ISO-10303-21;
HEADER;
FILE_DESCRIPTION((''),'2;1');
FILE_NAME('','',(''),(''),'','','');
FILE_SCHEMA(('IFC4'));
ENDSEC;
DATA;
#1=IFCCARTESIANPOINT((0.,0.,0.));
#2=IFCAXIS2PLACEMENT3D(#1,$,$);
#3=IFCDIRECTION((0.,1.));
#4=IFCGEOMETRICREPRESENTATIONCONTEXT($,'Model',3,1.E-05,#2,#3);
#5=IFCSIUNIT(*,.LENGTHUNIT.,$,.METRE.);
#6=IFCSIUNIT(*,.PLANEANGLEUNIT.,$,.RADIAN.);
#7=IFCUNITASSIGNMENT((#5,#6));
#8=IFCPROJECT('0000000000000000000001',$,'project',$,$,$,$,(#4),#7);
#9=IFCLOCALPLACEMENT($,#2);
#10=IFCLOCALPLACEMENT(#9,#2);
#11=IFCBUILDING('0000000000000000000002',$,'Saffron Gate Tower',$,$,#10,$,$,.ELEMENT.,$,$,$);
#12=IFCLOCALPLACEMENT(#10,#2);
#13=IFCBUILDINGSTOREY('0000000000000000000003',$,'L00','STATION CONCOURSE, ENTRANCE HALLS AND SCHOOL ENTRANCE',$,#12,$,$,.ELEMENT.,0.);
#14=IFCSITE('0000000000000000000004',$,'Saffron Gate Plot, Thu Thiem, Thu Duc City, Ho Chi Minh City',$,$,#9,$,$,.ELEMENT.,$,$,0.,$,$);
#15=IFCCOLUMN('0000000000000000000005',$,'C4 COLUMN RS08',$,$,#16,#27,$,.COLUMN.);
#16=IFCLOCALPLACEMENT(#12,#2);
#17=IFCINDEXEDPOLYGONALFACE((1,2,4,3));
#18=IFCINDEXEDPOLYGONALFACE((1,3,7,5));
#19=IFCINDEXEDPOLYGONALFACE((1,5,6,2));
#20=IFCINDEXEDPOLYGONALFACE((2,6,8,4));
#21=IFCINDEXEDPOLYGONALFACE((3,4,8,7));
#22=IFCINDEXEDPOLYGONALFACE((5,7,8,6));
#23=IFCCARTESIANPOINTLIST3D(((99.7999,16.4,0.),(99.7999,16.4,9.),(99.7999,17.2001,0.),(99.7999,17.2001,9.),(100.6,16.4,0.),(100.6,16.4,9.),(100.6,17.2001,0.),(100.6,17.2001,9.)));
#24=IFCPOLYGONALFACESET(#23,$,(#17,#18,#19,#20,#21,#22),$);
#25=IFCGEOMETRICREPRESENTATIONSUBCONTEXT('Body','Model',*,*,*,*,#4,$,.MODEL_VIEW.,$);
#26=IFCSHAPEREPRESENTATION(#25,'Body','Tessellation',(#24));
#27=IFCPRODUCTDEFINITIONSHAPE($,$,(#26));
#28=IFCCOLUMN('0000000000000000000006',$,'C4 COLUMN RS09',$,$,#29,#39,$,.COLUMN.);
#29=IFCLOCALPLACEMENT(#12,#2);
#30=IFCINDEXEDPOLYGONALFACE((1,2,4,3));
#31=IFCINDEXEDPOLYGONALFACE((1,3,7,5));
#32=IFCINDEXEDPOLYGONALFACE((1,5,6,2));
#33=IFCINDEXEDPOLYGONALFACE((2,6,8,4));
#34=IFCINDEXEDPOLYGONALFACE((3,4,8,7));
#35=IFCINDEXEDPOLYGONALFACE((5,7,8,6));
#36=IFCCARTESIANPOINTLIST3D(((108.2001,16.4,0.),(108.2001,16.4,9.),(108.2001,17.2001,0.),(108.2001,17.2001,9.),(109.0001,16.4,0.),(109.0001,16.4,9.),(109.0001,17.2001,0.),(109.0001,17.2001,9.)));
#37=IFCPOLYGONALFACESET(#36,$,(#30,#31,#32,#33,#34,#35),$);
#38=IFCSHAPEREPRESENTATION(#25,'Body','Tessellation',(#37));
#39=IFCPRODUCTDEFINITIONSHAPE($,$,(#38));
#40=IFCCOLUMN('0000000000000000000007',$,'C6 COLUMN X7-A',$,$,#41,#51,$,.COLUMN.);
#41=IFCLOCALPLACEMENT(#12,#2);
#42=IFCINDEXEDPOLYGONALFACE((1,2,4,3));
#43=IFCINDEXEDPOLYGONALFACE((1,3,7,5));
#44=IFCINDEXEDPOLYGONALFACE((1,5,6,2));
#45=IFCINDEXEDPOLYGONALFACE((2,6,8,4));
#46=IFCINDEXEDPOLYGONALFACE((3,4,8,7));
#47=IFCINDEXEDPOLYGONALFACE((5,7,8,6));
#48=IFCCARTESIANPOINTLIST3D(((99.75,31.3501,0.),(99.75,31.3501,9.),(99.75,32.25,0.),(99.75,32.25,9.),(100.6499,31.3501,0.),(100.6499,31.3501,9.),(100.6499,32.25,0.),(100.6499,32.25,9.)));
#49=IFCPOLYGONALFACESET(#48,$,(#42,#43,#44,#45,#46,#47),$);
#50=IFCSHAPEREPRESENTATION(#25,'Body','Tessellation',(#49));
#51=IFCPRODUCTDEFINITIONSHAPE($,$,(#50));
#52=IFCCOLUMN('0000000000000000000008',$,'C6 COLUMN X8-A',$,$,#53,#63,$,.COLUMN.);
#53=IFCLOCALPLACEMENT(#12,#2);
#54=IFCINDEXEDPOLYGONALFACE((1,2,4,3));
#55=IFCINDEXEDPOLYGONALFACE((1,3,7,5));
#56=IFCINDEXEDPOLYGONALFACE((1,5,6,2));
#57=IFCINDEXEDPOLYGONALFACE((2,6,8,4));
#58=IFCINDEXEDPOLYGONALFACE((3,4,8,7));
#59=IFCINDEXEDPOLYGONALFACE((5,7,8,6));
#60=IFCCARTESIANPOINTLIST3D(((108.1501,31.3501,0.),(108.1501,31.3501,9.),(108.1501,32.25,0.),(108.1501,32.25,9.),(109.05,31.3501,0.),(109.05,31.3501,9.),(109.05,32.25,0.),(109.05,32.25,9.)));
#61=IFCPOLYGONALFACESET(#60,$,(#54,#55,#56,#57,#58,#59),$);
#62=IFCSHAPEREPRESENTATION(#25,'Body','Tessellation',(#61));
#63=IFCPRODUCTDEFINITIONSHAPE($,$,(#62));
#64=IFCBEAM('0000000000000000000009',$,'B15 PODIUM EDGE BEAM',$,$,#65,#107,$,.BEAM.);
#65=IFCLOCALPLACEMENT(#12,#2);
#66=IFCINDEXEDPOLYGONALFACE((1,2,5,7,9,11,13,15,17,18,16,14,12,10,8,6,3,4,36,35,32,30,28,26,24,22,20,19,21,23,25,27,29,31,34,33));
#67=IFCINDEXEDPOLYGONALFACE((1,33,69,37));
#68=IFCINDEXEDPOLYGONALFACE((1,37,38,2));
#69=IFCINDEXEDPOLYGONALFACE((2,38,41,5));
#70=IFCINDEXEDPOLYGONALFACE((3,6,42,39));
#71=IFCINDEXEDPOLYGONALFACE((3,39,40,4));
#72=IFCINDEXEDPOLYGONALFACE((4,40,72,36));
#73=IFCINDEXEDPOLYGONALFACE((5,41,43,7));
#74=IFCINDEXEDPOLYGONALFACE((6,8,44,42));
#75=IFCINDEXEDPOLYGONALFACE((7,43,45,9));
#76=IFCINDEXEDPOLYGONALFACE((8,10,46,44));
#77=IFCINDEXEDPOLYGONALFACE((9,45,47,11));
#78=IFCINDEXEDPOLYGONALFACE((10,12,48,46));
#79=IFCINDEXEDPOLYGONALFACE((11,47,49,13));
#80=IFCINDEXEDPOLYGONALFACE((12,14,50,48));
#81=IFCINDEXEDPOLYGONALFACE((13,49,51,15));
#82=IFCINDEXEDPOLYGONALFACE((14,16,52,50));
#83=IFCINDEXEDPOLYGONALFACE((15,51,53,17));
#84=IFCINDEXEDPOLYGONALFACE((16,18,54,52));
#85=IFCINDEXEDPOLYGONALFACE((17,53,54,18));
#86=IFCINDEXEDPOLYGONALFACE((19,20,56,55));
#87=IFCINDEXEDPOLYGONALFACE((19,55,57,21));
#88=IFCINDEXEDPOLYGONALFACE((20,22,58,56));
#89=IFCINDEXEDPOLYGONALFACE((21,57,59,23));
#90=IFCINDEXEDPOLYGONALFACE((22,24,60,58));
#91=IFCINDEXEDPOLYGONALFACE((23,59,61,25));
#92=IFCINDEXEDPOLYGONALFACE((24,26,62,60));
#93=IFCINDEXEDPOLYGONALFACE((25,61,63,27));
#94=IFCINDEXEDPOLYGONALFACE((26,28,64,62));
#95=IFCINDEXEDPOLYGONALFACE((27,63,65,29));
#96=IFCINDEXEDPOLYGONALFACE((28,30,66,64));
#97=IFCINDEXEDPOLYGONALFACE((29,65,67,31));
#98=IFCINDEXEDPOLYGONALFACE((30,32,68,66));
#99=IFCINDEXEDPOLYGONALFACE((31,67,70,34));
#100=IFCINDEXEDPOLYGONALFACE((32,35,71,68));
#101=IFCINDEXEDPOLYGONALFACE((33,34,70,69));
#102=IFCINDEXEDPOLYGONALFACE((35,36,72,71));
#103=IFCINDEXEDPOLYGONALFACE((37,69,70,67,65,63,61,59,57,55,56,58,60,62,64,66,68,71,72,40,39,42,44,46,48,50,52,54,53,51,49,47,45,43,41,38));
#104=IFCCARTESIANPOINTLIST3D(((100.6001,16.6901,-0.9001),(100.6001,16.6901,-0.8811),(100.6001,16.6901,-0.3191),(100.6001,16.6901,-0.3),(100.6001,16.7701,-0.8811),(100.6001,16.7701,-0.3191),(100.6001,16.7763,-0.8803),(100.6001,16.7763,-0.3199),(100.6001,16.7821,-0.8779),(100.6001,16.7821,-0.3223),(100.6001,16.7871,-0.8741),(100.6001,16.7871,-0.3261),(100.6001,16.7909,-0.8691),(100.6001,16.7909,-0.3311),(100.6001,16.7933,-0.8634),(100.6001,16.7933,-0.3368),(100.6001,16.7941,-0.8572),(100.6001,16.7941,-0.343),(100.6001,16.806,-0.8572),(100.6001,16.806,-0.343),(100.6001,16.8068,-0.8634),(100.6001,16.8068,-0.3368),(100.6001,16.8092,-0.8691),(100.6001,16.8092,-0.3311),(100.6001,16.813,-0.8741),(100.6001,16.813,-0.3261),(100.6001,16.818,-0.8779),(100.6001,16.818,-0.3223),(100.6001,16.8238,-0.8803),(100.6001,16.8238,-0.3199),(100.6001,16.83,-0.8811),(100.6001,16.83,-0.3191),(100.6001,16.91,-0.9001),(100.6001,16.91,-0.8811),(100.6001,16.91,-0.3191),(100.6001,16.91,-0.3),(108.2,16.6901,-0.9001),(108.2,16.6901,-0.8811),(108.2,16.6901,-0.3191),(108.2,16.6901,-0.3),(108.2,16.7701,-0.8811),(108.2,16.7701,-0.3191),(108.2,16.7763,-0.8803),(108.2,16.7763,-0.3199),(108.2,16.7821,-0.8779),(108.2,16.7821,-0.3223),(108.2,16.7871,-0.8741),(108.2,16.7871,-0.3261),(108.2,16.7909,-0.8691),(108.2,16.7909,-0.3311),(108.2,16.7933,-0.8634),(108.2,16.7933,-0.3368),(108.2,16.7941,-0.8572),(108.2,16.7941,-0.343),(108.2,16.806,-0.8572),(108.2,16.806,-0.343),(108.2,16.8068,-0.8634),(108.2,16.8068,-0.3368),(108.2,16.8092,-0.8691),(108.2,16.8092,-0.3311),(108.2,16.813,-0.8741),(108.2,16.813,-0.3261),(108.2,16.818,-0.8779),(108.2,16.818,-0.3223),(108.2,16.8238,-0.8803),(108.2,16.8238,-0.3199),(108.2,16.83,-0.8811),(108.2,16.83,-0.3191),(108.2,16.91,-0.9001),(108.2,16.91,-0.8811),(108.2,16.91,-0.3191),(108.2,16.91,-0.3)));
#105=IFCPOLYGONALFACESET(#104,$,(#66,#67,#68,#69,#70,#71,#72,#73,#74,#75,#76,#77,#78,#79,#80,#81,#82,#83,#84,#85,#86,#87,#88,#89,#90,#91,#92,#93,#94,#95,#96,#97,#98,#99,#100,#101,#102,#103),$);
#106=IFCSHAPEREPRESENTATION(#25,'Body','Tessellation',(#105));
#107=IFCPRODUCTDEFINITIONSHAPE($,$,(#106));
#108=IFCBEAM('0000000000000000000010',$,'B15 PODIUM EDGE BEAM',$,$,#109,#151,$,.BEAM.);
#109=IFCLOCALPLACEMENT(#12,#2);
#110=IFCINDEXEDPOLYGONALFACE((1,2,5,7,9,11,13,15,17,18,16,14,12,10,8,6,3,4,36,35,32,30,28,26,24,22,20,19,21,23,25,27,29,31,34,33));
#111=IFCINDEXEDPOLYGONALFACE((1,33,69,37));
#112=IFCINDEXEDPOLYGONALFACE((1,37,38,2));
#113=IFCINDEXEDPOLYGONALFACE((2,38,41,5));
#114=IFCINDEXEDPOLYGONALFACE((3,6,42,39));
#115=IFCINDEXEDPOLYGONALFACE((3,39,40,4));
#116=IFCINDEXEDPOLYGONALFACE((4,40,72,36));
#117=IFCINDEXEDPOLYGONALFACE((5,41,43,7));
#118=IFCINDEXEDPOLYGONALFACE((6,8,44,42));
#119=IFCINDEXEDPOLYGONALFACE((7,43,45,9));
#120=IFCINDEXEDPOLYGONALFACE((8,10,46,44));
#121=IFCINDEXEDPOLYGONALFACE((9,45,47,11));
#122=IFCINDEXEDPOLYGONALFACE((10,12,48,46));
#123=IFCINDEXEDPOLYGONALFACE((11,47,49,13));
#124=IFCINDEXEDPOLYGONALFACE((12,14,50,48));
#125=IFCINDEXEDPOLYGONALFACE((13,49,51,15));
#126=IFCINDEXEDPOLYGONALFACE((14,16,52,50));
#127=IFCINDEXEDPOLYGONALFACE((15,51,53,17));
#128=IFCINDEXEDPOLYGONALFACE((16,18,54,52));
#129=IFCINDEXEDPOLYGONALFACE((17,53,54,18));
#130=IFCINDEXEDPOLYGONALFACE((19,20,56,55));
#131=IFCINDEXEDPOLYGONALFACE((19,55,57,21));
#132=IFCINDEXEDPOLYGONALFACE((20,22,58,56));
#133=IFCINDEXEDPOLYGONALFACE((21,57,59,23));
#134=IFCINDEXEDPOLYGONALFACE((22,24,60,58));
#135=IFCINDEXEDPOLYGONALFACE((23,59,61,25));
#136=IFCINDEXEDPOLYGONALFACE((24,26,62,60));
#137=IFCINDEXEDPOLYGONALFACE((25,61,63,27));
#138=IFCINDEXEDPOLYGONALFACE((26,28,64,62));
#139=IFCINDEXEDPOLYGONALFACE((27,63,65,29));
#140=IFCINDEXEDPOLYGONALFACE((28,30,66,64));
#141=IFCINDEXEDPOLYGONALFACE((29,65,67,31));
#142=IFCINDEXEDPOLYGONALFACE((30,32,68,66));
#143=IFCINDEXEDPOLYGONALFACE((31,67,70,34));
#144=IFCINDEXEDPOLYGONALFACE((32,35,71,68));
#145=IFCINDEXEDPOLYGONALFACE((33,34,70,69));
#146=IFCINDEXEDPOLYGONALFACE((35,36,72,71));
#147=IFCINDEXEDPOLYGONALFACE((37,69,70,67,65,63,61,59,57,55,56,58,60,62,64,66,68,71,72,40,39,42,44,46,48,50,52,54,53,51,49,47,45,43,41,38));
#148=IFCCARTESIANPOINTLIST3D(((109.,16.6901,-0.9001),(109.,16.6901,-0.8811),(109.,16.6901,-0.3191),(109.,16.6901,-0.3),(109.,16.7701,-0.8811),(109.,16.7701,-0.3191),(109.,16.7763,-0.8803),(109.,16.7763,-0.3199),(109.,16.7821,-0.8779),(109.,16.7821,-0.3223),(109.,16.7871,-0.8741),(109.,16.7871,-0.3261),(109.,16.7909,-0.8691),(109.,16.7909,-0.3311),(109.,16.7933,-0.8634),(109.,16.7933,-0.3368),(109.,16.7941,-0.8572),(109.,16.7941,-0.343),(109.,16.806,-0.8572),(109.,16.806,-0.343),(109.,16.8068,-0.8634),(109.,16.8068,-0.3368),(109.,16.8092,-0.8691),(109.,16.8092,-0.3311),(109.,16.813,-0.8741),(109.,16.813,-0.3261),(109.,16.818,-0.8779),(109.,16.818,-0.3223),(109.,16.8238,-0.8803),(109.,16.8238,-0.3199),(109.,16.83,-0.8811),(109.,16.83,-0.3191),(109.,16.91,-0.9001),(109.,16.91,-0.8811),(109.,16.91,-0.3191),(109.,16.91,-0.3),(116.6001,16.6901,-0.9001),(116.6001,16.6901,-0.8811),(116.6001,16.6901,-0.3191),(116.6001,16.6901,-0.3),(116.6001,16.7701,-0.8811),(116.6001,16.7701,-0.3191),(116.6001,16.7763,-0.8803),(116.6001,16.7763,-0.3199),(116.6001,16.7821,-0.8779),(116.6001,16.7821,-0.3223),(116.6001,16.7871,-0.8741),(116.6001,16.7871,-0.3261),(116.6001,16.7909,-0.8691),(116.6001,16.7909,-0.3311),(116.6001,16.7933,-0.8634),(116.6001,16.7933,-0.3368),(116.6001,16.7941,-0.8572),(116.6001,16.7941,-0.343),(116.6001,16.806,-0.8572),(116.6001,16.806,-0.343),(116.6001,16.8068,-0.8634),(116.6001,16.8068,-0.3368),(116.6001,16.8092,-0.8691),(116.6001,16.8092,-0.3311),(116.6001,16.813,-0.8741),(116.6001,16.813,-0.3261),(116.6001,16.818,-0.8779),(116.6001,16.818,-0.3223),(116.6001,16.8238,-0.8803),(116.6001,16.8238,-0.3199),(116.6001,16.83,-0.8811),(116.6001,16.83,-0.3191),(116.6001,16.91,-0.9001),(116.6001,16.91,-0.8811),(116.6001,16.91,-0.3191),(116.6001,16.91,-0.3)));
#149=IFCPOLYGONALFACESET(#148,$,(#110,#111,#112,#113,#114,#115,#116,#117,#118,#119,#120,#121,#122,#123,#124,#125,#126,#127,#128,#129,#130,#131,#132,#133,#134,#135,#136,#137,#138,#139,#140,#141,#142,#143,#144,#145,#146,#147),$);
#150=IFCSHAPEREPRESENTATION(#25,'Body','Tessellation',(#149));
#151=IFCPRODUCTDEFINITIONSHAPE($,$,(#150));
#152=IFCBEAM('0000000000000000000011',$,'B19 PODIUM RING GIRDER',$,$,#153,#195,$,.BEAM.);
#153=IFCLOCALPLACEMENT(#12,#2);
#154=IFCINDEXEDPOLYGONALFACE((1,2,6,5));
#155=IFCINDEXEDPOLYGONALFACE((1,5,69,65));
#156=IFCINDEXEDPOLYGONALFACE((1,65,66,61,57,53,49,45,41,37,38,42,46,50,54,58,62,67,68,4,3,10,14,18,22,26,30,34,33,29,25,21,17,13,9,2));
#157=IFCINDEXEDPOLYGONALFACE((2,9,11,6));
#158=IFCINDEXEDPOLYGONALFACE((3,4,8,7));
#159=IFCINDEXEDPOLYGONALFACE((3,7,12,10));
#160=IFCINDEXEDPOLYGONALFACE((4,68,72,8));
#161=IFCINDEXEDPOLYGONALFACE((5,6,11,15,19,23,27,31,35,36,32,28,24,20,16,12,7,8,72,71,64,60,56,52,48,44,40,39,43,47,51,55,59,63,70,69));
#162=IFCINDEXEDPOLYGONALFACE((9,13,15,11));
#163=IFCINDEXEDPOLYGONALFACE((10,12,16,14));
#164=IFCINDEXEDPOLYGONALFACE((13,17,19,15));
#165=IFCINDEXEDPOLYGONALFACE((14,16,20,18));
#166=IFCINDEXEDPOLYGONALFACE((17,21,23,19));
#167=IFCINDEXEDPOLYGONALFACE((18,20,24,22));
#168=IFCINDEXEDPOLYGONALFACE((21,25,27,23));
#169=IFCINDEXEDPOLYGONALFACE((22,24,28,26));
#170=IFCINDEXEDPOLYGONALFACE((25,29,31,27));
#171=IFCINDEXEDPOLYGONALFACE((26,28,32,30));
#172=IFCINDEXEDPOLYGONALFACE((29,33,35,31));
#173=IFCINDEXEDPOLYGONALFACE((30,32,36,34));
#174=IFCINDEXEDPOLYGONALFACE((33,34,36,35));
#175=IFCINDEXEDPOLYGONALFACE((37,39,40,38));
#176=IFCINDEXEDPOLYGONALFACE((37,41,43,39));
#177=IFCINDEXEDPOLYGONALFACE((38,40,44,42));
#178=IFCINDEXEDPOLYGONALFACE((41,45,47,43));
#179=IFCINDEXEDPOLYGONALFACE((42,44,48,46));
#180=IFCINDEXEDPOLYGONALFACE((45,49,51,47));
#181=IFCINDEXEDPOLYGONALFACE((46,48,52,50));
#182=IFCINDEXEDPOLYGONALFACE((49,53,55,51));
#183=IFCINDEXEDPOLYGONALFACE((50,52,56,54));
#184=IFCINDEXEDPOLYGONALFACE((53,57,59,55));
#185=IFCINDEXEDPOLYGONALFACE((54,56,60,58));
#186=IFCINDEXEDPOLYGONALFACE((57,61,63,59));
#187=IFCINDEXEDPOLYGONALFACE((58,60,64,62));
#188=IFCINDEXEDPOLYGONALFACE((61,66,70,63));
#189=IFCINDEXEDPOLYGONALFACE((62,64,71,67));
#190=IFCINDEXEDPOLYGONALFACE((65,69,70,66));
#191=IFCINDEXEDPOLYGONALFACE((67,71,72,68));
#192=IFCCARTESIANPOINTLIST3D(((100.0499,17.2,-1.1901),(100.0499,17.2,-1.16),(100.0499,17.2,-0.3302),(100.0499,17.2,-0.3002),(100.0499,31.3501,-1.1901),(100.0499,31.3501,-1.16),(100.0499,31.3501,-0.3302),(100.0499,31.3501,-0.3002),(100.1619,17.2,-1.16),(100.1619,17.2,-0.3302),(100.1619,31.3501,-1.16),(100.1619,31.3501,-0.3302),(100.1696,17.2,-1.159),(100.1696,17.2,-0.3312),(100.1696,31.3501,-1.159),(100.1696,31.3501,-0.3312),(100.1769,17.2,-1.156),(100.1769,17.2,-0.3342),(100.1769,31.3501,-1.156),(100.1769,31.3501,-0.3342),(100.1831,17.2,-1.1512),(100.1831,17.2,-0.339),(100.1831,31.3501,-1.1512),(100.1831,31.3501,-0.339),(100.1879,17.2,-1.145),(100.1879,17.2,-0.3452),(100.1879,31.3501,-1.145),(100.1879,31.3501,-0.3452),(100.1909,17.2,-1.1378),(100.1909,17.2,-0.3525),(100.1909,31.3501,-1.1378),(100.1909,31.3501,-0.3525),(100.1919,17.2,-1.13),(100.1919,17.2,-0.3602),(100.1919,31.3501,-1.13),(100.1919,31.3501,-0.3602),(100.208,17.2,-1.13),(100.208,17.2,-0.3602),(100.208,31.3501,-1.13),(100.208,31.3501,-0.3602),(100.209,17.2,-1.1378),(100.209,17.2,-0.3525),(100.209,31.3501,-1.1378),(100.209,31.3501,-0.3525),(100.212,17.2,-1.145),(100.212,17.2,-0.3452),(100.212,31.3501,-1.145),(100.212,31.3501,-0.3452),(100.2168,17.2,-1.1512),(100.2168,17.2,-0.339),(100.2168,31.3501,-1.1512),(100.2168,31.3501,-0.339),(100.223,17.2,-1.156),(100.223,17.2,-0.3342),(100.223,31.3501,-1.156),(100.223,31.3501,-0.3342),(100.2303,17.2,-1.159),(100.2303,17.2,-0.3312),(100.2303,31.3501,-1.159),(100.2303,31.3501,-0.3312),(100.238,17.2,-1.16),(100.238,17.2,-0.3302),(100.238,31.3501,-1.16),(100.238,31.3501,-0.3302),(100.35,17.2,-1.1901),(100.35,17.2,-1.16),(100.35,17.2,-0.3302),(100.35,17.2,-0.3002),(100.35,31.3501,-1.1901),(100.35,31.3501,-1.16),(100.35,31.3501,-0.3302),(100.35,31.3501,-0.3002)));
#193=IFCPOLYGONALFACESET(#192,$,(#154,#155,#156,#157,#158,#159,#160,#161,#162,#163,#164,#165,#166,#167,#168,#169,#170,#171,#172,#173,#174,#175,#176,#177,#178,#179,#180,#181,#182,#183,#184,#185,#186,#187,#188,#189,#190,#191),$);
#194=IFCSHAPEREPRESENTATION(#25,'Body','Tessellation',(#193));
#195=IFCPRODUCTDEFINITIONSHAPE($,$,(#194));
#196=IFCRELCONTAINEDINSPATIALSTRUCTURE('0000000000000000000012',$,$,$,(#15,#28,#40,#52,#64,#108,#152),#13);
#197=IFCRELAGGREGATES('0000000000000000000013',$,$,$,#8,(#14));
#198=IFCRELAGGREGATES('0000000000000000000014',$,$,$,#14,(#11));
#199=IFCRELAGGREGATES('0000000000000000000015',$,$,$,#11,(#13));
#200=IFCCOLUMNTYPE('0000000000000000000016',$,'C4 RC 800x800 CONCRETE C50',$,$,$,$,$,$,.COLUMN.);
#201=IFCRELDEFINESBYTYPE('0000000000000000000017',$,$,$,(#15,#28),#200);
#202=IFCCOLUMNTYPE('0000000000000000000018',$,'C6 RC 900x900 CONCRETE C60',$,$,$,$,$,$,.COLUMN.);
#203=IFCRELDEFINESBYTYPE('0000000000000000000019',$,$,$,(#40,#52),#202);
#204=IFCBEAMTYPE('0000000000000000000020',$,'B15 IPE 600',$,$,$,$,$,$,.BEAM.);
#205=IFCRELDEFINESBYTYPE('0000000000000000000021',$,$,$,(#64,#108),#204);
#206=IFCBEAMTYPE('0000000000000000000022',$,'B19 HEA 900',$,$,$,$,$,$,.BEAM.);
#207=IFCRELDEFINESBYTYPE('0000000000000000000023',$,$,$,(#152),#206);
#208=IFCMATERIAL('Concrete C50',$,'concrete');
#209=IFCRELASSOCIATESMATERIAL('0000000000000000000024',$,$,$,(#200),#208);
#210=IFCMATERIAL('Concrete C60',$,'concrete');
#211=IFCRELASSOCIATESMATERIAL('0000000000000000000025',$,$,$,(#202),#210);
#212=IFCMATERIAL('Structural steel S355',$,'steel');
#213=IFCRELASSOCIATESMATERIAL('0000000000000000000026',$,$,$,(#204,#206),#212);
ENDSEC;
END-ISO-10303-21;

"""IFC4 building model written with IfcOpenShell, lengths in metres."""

from ifc_helpers import new_model, si_unit, direction, frame, origin, origin_2d, place, context, subcontext, project, spatial, rectangle, i_section, extrude, material, material_profile, profile_set, type_object, element, save


model = new_model("IFC4")

# Units and contexts
model_context = context("Model", 3, precision=1e-05, world=origin(), true_north=direction((0.0, 1.0)))
body_context = subcontext(model_context, "Body", "Model", "MODEL_VIEW")
ifc_project = project(units=[si_unit("LENGTHUNIT", "METRE"), si_unit("PLANEANGLEUNIT", "RADIAN")], contexts=[model_context])

# Site, building, storey
site_placement = place(None, origin())
site = spatial("IfcSite", under=ifc_project, at=site_placement, Name="Saffron Gate Plot, Thu Thiem, Thu Duc City, Ho Chi Minh City", CompositionType="ELEMENT", RefElevation=0.0)
building_placement = place(site_placement, origin())
building = spatial("IfcBuilding", under=site, at=building_placement, Name="Saffron Gate Tower", CompositionType="ELEMENT")
storey_placement = place(building_placement, origin())
storey = spatial("IfcBuildingStorey", under=building, at=storey_placement, Name="L00", Description="STATION CONCOURSE, ENTRANCE HALLS AND SCHOOL ENTRANCE", CompositionType="ELEMENT", Elevation=0.0)

# Columns
ifc_material_1 = material(Name="Concrete C50", Category="concrete")
ifc_material_profile_1 = material_profile(ifc_material_1, rectangle(XDim=0.8, YDim=0.8, at=origin_2d()))
ifc_profile_set_1 = profile_set([ifc_material_profile_1], Name="Concrete C50")
column_type_1 = type_object("IfcColumnType", Name="C4 RC 800x800 CONCRETE C50", PredefinedType="COLUMN", material=ifc_profile_set_1)
for number, where, z_axis, x_axis, name in (
    (1, (100.2, 16.8, 0.0), (0.0, 0.0, 1.0), (1.0, 0.0, 0.0), "C4 COLUMN RS08"),
    (2, (108.6001, 16.8, 0.0), (0.0, 0.0, 1.0), (1.0, 0.0, 0.0), "C4 COLUMN RS09"),
):
    element("IfcColumn", number, at=place(storey_placement, frame(where, z_axis=z_axis, x_axis=x_axis)), inside=storey, type_object=column_type_1, Name=name, PredefinedType="COLUMN", context=body_context, shape_type="SweptSolid", body=[
        extrude(rectangle(XDim=0.8, YDim=0.8, at=origin_2d()), origin(), (0.0, 0.0, 1.0), 9.0),
    ])
ifc_material_2 = material(Name="Concrete C60", Category="concrete")
ifc_material_profile_2 = material_profile(ifc_material_2, rectangle(XDim=0.8999, YDim=0.8999, at=origin_2d()))
ifc_profile_set_2 = profile_set([ifc_material_profile_2], Name="Concrete C60")
column_type_2 = type_object("IfcColumnType", Name="C6 RC 900x900 CONCRETE C60", PredefinedType="COLUMN", material=ifc_profile_set_2)
for number, where, z_axis, x_axis, name in (
    (3, (100.2, 31.8, 0.0), (0.0, 0.0, 1.0), (1.0, 0.0, 0.0), "C6 COLUMN X7-A"),
    (4, (108.6001, 31.8, 0.0), (0.0, 0.0, 1.0), (1.0, 0.0, 0.0), "C6 COLUMN X8-A"),
):
    element("IfcColumn", number, at=place(storey_placement, frame(where, z_axis=z_axis, x_axis=x_axis)), inside=storey, type_object=column_type_2, Name=name, PredefinedType="COLUMN", context=body_context, shape_type="SweptSolid", body=[
        extrude(rectangle(XDim=0.8999, YDim=0.8999, at=origin_2d()), origin(), (0.0, 0.0, 1.0), 9.0),
    ])

# Beams
ifc_material_3 = material(Name="Structural steel S355", Category="steel")
ifc_material_profile_3 = material_profile(ifc_material_3, i_section(OverallWidth=0.22, OverallDepth=0.6001, WebThickness=0.012, FlangeThickness=0.019, FilletRadius=0.0239, at=origin_2d()))
ifc_profile_set_3 = profile_set([ifc_material_profile_3], Name="Structural steel S355")
beam_type_1 = type_object("IfcBeamType", Name="B15 IPE 600", PredefinedType="BEAM", material=ifc_profile_set_3)
beam_1_placement = place(storey_placement, frame((100.6001, 16.8, -0.6001), z_axis=(1.0, 0.0, 0.0), x_axis=(0.0, 1.0, 0.0)))
element("IfcBeam", 5, at=beam_1_placement, inside=storey, type_object=beam_type_1, Name="B15 PODIUM EDGE BEAM", PredefinedType="BEAM", context=body_context, shape_type="SweptSolid", body=[
    extrude(i_section(OverallWidth=0.22, OverallDepth=0.6001, WebThickness=0.012, FlangeThickness=0.019, FilletRadius=0.0239, at=origin_2d()), origin(), (0.0, 0.0, 1.0), 7.5999),
])
beam_2_placement = place(storey_placement, frame((109.0, 16.8, -0.6001), z_axis=(1.0, 0.0, 0.0), x_axis=(0.0, 1.0, 0.0)))
element("IfcBeam", 6, at=beam_2_placement, inside=storey, type_object=beam_type_1, Name="B15 PODIUM EDGE BEAM", PredefinedType="BEAM", context=body_context, shape_type="SweptSolid", body=[
    extrude(i_section(OverallWidth=0.22, OverallDepth=0.6001, WebThickness=0.012, FlangeThickness=0.019, FilletRadius=0.0239, at=origin_2d()), origin(), (0.0, 0.0, 1.0), 7.6001),
])
ifc_material_profile_4 = material_profile(ifc_material_3, i_section(OverallWidth=0.3, OverallDepth=0.8899, WebThickness=0.0161, FlangeThickness=0.03, FilletRadius=0.03, at=origin_2d()))
ifc_profile_set_4 = profile_set([ifc_material_profile_4], Name="Structural steel S355")
beam_type_2 = type_object("IfcBeamType", Name="B19 HEA 900", PredefinedType="BEAM", material=ifc_profile_set_4)
for number, where, z_axis, x_axis, name in (
    (7, (100.2, 17.2, -0.7451), (0.0, 1.0, 0.0), (-1.0, 0.0, 0.0), "B19 PODIUM RING GIRDER"),
):
    element("IfcBeam", number, at=place(storey_placement, frame(where, z_axis=z_axis, x_axis=x_axis)), inside=storey, type_object=beam_type_2, Name=name, PredefinedType="BEAM", context=body_context, shape_type="SweptSolid", body=[
        extrude(i_section(OverallWidth=0.3, OverallDepth=0.8899, WebThickness=0.0161, FlangeThickness=0.03, FilletRadius=0.03, at=origin_2d()), origin(), (0.0, 0.0, 1.0), 14.1501),
    ])

save(model, "model.ifc")
